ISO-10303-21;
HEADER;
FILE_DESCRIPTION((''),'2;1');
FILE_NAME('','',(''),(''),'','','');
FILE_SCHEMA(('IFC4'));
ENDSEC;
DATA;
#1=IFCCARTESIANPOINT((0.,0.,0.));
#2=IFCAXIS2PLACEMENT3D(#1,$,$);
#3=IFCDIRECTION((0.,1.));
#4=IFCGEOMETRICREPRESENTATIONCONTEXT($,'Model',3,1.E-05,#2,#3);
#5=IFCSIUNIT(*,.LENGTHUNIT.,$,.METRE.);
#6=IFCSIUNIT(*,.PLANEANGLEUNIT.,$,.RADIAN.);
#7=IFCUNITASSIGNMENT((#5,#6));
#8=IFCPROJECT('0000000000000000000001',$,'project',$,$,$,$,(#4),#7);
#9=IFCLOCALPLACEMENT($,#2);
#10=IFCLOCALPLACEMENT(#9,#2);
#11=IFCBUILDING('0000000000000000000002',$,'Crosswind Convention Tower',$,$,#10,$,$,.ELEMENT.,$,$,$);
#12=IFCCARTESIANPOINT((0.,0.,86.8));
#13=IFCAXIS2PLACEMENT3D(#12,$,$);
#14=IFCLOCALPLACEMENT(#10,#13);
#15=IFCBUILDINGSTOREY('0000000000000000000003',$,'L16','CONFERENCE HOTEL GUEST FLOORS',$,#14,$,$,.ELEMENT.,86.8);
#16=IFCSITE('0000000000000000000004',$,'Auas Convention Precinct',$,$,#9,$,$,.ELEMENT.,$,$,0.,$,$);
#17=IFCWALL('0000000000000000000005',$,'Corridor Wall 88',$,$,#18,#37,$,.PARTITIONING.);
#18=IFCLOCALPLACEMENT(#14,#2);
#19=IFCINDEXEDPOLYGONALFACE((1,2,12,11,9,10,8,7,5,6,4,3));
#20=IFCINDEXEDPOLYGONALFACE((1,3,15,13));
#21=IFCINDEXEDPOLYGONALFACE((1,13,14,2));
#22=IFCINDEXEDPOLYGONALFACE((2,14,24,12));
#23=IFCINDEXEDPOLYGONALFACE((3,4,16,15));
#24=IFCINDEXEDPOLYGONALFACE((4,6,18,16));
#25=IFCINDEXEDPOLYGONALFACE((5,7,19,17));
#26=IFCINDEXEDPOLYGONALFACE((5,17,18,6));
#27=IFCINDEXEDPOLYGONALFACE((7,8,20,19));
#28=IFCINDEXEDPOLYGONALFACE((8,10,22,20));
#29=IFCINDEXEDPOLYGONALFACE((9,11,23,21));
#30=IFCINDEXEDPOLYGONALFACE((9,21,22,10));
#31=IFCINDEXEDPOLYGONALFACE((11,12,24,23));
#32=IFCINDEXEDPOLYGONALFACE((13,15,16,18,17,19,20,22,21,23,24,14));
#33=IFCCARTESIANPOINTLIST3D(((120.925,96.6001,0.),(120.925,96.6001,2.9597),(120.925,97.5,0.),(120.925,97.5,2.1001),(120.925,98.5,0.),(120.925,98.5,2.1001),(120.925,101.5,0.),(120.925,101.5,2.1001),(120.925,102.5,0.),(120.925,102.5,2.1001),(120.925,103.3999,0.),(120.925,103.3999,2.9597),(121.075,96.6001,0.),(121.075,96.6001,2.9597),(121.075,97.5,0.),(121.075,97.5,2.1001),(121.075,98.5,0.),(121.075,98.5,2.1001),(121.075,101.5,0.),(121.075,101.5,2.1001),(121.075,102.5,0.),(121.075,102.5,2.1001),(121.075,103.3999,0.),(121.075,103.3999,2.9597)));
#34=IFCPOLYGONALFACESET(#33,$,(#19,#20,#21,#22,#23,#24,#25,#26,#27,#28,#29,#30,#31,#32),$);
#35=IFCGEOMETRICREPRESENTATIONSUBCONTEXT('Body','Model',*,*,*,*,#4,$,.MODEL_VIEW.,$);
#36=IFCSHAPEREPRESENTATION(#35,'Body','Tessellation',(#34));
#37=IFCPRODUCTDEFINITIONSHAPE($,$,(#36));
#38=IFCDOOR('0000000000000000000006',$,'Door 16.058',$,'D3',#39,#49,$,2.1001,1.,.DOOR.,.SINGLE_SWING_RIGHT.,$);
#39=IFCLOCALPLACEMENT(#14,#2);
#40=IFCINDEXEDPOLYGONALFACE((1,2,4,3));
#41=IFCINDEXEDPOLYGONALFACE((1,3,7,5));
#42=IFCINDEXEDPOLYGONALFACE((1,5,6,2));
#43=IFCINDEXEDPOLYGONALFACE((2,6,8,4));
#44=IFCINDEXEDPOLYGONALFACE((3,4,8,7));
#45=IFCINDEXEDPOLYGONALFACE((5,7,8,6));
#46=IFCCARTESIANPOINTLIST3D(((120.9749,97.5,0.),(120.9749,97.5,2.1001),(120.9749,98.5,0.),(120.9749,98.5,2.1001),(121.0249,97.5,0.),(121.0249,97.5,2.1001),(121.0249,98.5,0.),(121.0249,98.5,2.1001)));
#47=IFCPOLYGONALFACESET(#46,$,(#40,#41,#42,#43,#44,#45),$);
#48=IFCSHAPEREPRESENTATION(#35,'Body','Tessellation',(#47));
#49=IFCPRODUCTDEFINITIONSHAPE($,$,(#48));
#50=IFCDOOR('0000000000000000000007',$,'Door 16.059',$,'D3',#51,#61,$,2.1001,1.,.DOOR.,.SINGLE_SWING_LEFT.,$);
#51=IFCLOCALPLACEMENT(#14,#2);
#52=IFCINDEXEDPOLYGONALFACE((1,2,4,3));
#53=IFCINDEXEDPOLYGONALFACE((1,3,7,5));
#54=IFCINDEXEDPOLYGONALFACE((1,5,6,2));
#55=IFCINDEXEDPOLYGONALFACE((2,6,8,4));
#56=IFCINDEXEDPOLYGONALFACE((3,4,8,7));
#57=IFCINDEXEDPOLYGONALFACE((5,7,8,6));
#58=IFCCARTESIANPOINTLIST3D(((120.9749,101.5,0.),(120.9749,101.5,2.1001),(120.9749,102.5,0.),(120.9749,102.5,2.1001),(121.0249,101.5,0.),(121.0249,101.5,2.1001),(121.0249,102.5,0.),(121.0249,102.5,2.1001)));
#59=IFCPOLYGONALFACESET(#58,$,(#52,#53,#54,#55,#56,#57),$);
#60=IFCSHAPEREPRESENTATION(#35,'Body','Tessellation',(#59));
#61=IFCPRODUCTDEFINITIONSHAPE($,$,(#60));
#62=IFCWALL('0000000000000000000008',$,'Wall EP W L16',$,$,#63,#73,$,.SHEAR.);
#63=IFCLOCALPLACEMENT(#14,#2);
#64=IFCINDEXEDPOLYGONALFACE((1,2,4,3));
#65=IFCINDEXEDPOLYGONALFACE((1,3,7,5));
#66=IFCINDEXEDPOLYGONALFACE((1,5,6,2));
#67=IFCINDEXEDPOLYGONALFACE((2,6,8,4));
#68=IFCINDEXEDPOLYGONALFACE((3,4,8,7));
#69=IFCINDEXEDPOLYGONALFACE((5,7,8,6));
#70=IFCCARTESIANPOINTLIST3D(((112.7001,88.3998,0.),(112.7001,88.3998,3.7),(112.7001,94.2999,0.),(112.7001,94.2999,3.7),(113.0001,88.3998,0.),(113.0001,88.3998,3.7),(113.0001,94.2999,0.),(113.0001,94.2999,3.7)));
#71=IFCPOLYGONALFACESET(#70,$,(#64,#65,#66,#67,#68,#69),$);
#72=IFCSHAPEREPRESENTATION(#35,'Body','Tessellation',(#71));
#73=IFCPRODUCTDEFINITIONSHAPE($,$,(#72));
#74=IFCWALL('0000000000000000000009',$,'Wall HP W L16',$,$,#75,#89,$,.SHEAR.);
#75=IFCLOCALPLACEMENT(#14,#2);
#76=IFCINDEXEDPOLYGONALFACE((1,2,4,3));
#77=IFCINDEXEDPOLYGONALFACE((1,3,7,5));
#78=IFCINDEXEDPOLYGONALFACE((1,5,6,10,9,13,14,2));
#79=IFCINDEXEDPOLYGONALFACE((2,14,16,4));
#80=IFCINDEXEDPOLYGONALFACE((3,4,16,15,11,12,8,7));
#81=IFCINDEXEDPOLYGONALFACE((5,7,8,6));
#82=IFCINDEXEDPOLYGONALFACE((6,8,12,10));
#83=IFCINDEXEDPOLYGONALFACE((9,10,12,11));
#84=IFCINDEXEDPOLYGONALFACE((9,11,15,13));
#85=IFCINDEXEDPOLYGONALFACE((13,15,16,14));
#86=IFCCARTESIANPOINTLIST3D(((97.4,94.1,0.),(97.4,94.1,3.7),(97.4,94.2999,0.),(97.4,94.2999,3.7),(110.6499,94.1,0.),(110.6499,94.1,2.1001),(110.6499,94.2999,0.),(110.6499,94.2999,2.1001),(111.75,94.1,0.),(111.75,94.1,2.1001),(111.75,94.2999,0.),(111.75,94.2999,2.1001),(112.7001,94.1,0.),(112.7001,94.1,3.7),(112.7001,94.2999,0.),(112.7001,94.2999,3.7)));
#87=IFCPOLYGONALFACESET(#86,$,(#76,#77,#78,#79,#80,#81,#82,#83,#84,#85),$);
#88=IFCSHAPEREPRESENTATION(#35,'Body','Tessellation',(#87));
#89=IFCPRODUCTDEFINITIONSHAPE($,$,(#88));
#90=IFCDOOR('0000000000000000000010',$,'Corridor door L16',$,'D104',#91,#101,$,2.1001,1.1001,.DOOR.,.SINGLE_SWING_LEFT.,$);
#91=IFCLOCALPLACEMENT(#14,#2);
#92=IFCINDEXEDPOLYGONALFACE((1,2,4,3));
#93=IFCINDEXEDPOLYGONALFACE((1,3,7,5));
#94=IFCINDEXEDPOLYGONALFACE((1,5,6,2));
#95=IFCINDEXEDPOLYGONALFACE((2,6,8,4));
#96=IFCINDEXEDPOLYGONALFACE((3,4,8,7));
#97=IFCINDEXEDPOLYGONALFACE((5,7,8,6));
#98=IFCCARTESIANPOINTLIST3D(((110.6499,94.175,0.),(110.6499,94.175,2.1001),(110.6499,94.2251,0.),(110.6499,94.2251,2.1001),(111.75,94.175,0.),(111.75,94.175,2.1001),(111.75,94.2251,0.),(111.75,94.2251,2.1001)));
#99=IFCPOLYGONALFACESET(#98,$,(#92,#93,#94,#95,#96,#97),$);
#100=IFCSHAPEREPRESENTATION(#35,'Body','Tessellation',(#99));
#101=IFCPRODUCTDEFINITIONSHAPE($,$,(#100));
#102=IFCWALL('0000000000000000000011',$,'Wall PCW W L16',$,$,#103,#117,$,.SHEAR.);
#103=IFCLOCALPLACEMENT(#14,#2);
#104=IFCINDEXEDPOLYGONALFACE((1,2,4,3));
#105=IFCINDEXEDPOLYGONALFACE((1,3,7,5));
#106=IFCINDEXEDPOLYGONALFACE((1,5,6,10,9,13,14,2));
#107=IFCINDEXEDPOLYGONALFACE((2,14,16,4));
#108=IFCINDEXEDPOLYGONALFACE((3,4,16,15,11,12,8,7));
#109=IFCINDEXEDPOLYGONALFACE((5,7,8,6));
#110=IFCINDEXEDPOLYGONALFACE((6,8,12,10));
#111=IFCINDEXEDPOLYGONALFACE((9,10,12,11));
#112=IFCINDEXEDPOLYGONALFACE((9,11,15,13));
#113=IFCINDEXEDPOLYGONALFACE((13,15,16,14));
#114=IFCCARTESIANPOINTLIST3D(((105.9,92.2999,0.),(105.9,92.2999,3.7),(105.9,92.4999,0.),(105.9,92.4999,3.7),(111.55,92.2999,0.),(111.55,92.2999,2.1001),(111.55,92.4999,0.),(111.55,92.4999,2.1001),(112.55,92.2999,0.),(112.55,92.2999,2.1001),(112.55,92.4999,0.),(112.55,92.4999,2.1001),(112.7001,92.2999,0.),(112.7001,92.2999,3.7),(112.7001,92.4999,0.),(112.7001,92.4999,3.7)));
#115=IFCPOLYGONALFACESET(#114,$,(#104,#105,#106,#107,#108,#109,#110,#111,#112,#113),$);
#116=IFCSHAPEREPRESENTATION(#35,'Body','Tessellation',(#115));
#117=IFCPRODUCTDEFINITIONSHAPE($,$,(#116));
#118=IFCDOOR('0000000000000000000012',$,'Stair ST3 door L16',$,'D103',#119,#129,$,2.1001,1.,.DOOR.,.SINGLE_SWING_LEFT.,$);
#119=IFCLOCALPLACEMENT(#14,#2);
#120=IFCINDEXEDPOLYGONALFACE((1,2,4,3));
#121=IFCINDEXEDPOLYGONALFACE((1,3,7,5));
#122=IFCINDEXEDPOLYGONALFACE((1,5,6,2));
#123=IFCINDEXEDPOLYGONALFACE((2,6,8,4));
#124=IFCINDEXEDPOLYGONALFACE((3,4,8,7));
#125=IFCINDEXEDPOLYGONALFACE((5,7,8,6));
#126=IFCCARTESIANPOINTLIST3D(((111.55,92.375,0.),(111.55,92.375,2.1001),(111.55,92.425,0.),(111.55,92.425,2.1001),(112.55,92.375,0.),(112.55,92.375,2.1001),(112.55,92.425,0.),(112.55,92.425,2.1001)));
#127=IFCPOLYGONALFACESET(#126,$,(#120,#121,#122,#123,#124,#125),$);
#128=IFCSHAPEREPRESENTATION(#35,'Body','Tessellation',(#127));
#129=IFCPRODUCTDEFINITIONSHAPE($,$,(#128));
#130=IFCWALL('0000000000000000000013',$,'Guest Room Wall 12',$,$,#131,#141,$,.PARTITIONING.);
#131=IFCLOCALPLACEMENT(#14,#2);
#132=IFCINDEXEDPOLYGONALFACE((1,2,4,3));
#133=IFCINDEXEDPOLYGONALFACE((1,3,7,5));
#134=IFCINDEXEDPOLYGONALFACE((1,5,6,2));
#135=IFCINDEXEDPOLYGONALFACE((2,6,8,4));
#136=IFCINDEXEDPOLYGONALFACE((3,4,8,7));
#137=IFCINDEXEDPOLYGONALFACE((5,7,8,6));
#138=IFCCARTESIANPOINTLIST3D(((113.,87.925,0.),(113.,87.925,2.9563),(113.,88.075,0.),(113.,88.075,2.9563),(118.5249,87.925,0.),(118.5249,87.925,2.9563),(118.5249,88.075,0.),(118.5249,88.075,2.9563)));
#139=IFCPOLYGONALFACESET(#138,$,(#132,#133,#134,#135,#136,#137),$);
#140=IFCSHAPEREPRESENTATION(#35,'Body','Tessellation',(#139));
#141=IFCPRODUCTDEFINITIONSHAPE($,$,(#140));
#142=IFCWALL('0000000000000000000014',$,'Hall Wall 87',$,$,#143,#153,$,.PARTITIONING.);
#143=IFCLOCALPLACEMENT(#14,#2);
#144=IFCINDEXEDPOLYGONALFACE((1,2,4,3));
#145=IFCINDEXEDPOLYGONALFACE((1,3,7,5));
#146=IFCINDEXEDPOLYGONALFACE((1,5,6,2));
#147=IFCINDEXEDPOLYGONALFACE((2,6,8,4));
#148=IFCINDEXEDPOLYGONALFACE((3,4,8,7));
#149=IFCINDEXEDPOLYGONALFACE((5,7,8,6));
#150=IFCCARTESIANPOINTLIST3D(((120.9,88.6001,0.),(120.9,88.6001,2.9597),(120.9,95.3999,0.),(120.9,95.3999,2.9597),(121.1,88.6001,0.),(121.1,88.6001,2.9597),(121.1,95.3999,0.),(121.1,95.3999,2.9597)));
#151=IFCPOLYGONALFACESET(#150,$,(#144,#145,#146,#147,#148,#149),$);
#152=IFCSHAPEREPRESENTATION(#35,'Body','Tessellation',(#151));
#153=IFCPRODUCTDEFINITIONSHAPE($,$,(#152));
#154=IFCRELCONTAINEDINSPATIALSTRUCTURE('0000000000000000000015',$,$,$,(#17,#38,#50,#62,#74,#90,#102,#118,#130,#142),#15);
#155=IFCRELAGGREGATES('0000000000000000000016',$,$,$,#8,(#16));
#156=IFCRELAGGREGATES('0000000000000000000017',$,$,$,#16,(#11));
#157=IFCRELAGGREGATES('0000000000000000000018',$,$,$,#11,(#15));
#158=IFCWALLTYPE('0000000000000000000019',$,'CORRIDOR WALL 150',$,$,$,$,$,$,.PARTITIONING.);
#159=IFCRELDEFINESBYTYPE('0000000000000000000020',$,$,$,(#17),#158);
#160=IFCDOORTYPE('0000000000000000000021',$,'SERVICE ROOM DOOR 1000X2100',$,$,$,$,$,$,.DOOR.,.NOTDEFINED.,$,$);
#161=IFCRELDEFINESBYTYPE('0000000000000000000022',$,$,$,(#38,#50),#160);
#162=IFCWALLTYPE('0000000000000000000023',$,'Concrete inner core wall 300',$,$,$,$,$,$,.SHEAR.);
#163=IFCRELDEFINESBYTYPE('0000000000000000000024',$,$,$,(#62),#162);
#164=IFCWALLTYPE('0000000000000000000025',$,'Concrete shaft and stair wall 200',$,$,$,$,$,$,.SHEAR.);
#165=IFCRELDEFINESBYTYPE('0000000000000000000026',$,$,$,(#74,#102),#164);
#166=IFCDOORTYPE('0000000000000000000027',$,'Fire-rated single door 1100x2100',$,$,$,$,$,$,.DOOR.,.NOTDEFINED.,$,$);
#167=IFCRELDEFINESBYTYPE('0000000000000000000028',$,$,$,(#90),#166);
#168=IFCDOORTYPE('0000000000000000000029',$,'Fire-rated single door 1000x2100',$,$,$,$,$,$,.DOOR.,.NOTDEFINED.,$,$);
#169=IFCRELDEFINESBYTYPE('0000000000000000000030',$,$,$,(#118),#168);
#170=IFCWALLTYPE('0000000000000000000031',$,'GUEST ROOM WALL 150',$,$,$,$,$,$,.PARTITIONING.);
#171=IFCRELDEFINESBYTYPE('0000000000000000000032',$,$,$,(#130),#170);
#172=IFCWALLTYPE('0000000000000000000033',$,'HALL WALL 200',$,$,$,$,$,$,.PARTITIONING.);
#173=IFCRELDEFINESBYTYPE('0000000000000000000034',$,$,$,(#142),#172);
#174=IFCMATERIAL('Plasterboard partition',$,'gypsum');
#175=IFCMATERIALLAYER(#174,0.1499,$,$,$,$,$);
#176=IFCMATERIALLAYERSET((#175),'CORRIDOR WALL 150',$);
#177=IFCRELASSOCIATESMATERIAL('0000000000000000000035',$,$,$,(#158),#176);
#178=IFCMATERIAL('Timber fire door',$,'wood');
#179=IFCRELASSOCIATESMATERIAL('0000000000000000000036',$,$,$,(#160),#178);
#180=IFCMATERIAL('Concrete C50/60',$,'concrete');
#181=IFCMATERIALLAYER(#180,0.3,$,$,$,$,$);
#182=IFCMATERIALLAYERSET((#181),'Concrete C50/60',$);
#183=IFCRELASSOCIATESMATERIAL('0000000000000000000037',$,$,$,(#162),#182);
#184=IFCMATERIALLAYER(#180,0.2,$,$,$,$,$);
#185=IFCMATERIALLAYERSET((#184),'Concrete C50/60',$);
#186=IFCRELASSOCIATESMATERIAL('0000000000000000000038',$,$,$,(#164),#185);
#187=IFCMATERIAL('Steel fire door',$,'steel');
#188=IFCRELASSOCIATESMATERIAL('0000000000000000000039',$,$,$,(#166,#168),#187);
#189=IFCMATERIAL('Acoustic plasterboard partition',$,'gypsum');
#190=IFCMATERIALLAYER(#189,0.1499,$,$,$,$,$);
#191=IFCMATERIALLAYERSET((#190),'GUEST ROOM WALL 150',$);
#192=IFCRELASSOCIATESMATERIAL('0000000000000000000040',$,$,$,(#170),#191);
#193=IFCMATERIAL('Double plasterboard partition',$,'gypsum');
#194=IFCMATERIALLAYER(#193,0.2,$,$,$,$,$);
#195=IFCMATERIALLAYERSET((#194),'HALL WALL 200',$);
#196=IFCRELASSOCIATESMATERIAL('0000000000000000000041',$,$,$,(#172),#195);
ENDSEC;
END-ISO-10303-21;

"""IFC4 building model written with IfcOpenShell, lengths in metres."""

from ifc_helpers import new_model, si_unit, direction, frame, frame_2d, origin, place, context, subcontext, project, spatial, rectangle, extrude, material, layer, layer_set, type_object, element, fill, save


model = new_model("IFC4")

# Units and contexts
model_context = context("Model", 3, precision=1e-05, world=origin(), true_north=direction((0.0, 1.0)))
body_context = subcontext(model_context, "Body", "Model", "MODEL_VIEW")
ifc_project = project(units=[si_unit("LENGTHUNIT", "METRE"), si_unit("PLANEANGLEUNIT", "RADIAN")], contexts=[model_context])

# Site, building, storey
site_placement = place(None, origin())
site = spatial("IfcSite", under=ifc_project, at=site_placement, Name="Auas Convention Precinct", CompositionType="ELEMENT", RefElevation=0.0)
building_placement = place(site_placement, origin())
building = spatial("IfcBuilding", under=site, at=building_placement, Name="Crosswind Convention Tower", CompositionType="ELEMENT")
storey_placement = place(building_placement, frame((0.0, 0.0, 86.8)))
storey = spatial("IfcBuildingStorey", under=building, at=storey_placement, Name="L16", Description="CONFERENCE HOTEL GUEST FLOORS", CompositionType="ELEMENT", Elevation=86.8)

# Shared definitions
ifc_material_1 = material(Name="Plasterboard partition", Category="gypsum")
ifc_layer_1 = layer(ifc_material_1, 0.1499)
ifc_layer_set_1 = layer_set([ifc_layer_1], Name="CORRIDOR WALL 150")
wall_type_1 = type_object("IfcWallType", Name="CORRIDOR WALL 150", PredefinedType="PARTITIONING", material=ifc_layer_set_1)

# Shared definitions
ifc_material_2 = material(Name="Timber fire door", Category="wood")
door_type_1 = type_object("IfcDoorType", Name="SERVICE ROOM DOOR 1000X2100", OperationType="NOTDEFINED", PredefinedType="DOOR", material=ifc_material_2)

# Wall, openings, doors
wall_1_placement = place(storey_placement, frame((121.0, 96.6001, 0.0), z_axis=(0.0, 0.0, 1.0), x_axis=(0.0, 1.0, 0.0)))
wall_1 = element("IfcWall", 1, at=wall_1_placement, inside=storey, type_object=wall_type_1, Name="Corridor Wall 88", PredefinedType="PARTITIONING", context=body_context, shape_type="SweptSolid", body=[
    extrude(rectangle(XDim=6.7998, YDim=0.1499, at=frame_2d((3.3999, 0.0))), origin(), (0.0, 0.0, 1.0), 2.9597),
])
opening_1_placement = place(wall_1_placement, frame((0.8999, 0.0, 0.0)))
opening_1 = element("IfcOpeningElement", 2, at=opening_1_placement, cuts=wall_1, PredefinedType="OPENING", context=body_context, shape_type="SweptSolid", body=[
    extrude(rectangle(XDim=1.0, YDim=2.1001, at=frame_2d((0.5, 1.05))), frame((0.0, 0.085, 0.0), z_axis=(0.0, -1.0, 0.0), x_axis=(1.0, 0.0, 0.0)), (0.0, 0.0, 1.0), 0.1699),
])
opening_2_placement = place(wall_1_placement, frame((4.8999, 0.0, 0.0)))
opening_2 = element("IfcOpeningElement", 3, at=opening_2_placement, cuts=wall_1, PredefinedType="OPENING", context=body_context, shape_type="SweptSolid", body=[
    extrude(rectangle(XDim=1.0, YDim=2.1001, at=frame_2d((0.5, 1.05))), frame((0.0, 0.085, 0.0), z_axis=(0.0, -1.0, 0.0), x_axis=(1.0, 0.0, 0.0)), (0.0, 0.0, 1.0), 0.1699),
])
door_1_placement = place(opening_1_placement, frame((1.0, 0.0, 0.0), z_axis=(0.0, 0.0, 1.0), x_axis=(-1.0, 0.0, 0.0)))
door_1 = element("IfcDoor", 4, at=door_1_placement, inside=storey, type_object=door_type_1, Name="Door 16.058", ObjectType="D3", OperationType="SINGLE_SWING_RIGHT", OverallHeight=2.1001, OverallWidth=1.0, PredefinedType="DOOR", context=body_context, shape_type="SweptSolid", body=[
    extrude(rectangle(XDim=1.0, YDim=2.1001, at=frame_2d((0.5, 1.05))), frame((0.0, 0.0249, 0.0), z_axis=(0.0, -1.0, 0.0), x_axis=(1.0, 0.0, 0.0)), (0.0, 0.0, 1.0), 0.05),
])
fill(opening_1, door_1)
door_2_placement = place(opening_2_placement, frame((1.0, 0.0, 0.0), z_axis=(0.0, 0.0, 1.0), x_axis=(-1.0, 0.0, 0.0)))
door_2 = element("IfcDoor", 5, at=door_2_placement, inside=storey, type_object=door_type_1, Name="Door 16.059", ObjectType="D3", OperationType="SINGLE_SWING_LEFT", OverallHeight=2.1001, OverallWidth=1.0, PredefinedType="DOOR", context=body_context, shape_type="SweptSolid", body=[
    extrude(rectangle(XDim=1.0, YDim=2.1001, at=frame_2d((0.5, 1.05))), frame((0.0, 0.0249, 0.0), z_axis=(0.0, -1.0, 0.0), x_axis=(1.0, 0.0, 0.0)), (0.0, 0.0, 1.0), 0.05),
])
fill(opening_2, door_2)

# Wall
ifc_material_3 = material(Name="Concrete C50/60", Category="concrete")
ifc_layer_2 = layer(ifc_material_3, 0.3)
ifc_layer_set_2 = layer_set([ifc_layer_2], Name="Concrete C50/60")
wall_type_2 = type_object("IfcWallType", Name="Concrete inner core wall 300", PredefinedType="SHEAR", material=ifc_layer_set_2)
wall_2_placement = place(storey_placement, frame((112.8501, 94.3, 0.0), z_axis=(0.0, 0.0, 1.0), x_axis=(0.0, -1.0, 0.0)))
element("IfcWall", 6, at=wall_2_placement, inside=storey, type_object=wall_type_2, Name="Wall EP W L16", PredefinedType="SHEAR", context=body_context, shape_type="SweptSolid", body=[
    extrude(rectangle(XDim=5.9001, YDim=0.3, at=frame_2d((2.9502, 0.0))), origin(), (0.0, 0.0, 1.0), 3.7),
])

# Walls, openings, doors
ifc_layer_3 = layer(ifc_material_3, 0.2)
ifc_layer_set_3 = layer_set([ifc_layer_3], Name="Concrete C50/60")
wall_type_3 = type_object("IfcWallType", Name="Concrete shaft and stair wall 200", PredefinedType="SHEAR", material=ifc_layer_set_3)
wall_3_placement = place(storey_placement, frame((112.7, 94.2, 0.0), z_axis=(0.0, 0.0, 1.0), x_axis=(-1.0, 0.0, 0.0)))
wall_3 = element("IfcWall", 7, at=wall_3_placement, inside=storey, type_object=wall_type_3, Name="Wall HP W L16", PredefinedType="SHEAR", context=body_context, shape_type="SweptSolid", body=[
    extrude(rectangle(XDim=15.3, YDim=0.2, at=frame_2d((7.6499, 0.0))), origin(), (0.0, 0.0, 1.0), 3.7),
])
opening_3_placement = place(wall_3_placement, frame((0.95, 0.0, 0.0)))
opening_3 = element("IfcOpeningElement", 8, at=opening_3_placement, cuts=wall_3, PredefinedType="OPENING", context=body_context, shape_type="SweptSolid", body=[
    extrude(rectangle(XDim=1.1001, YDim=2.1001, at=frame_2d((0.55, 1.05))), frame((0.0, 0.1099, 0.0), z_axis=(0.0, -1.0, 0.0), x_axis=(1.0, 0.0, 0.0)), (0.0, 0.0, 1.0), 0.22),
])
ifc_material_4 = material(Name="Steel fire door", Category="steel")
door_type_2 = type_object("IfcDoorType", Name="Fire-rated single door 1100x2100", OperationType="NOTDEFINED", PredefinedType="DOOR", material=ifc_material_4)
door_3_placement = place(opening_3_placement, origin())
door_3 = element("IfcDoor", 9, at=door_3_placement, inside=storey, type_object=door_type_2, Name="Corridor door L16", ObjectType="D104", OperationType="SINGLE_SWING_LEFT", OverallHeight=2.1001, OverallWidth=1.1001, PredefinedType="DOOR", context=body_context, shape_type="SweptSolid", body=[
    extrude(rectangle(XDim=1.1001, YDim=2.1001, at=frame_2d((0.55, 1.05))), frame((0.0, 0.0249, 0.0), z_axis=(0.0, -1.0, 0.0), x_axis=(1.0, 0.0, 0.0)), (0.0, 0.0, 1.0), 0.05),
])
fill(opening_3, door_3)
wall_4_placement = place(storey_placement, frame((112.7, 92.3999, 0.0), z_axis=(0.0, 0.0, 1.0), x_axis=(-1.0, 0.0, 0.0)))
wall_4 = element("IfcWall", 10, at=wall_4_placement, inside=storey, type_object=wall_type_3, Name="Wall PCW W L16", PredefinedType="SHEAR", context=body_context, shape_type="SweptSolid", body=[
    extrude(rectangle(XDim=6.8, YDim=0.2, at=frame_2d((3.3999, 0.0))), origin(), (0.0, 0.0, 1.0), 3.7),
])
opening_4_placement = place(wall_4_placement, frame((0.1499, 0.0, 0.0)))
opening_4 = element("IfcOpeningElement", 11, at=opening_4_placement, cuts=wall_4, PredefinedType="OPENING", context=body_context, shape_type="SweptSolid", body=[
    extrude(rectangle(XDim=1.0, YDim=2.1001, at=frame_2d((0.5, 1.05))), frame((0.0, 0.1099, 0.0), z_axis=(0.0, -1.0, 0.0), x_axis=(1.0, 0.0, 0.0)), (0.0, 0.0, 1.0), 0.22),
])
door_type_3 = type_object("IfcDoorType", Name="Fire-rated single door 1000x2100", OperationType="NOTDEFINED", PredefinedType="DOOR", material=ifc_material_4)
door_4_placement = place(opening_4_placement, origin())
door_4 = element("IfcDoor", 12, at=door_4_placement, inside=storey, type_object=door_type_3, Name="Stair ST3 door L16", ObjectType="D103", OperationType="SINGLE_SWING_LEFT", OverallHeight=2.1001, OverallWidth=1.0, PredefinedType="DOOR", context=body_context, shape_type="SweptSolid", body=[
    extrude(rectangle(XDim=1.0, YDim=2.1001, at=frame_2d((0.5, 1.05))), frame((0.0, 0.0249, 0.0), z_axis=(0.0, -1.0, 0.0), x_axis=(1.0, 0.0, 0.0)), (0.0, 0.0, 1.0), 0.05),
])
fill(opening_4, door_4)

# Walls
ifc_material_5 = material(Name="Acoustic plasterboard partition", Category="gypsum")
ifc_layer_4 = layer(ifc_material_5, 0.1499)
ifc_layer_set_4 = layer_set([ifc_layer_4], Name="GUEST ROOM WALL 150")
wall_type_4 = type_object("IfcWallType", Name="GUEST ROOM WALL 150", PredefinedType="PARTITIONING", material=ifc_layer_set_4)
wall_5_placement = place(storey_placement, frame((113.0, 88.0, 0.0), z_axis=(0.0, 0.0, 1.0), x_axis=(1.0, 0.0, 0.0)))
element("IfcWall", 13, at=wall_5_placement, inside=storey, type_object=wall_type_4, Name="Guest Room Wall 12", PredefinedType="PARTITIONING", context=body_context, shape_type="SweptSolid", body=[
    extrude(rectangle(XDim=5.5249, YDim=0.1499, at=frame_2d((2.7625, 0.0))), origin(), (0.0, 0.0, 1.0), 2.9563),
])
ifc_material_6 = material(Name="Double plasterboard partition", Category="gypsum")
ifc_layer_5 = layer(ifc_material_6, 0.2)
ifc_layer_set_5 = layer_set([ifc_layer_5], Name="HALL WALL 200")
wall_type_5 = type_object("IfcWallType", Name="HALL WALL 200", PredefinedType="PARTITIONING", material=ifc_layer_set_5)
wall_6_placement = place(storey_placement, frame((121.0, 88.6001, 0.0), z_axis=(0.0, 0.0, 1.0), x_axis=(0.0, 1.0, 0.0)))
element("IfcWall", 14, at=wall_6_placement, inside=storey, type_object=wall_type_5, Name="Hall Wall 87", PredefinedType="PARTITIONING", context=body_context, shape_type="SweptSolid", body=[
    extrude(rectangle(XDim=6.7998, YDim=0.2, at=frame_2d((3.3999, 0.0))), origin(), (0.0, 0.0, 1.0), 2.9597),
])

save(model, "model.ifc")
